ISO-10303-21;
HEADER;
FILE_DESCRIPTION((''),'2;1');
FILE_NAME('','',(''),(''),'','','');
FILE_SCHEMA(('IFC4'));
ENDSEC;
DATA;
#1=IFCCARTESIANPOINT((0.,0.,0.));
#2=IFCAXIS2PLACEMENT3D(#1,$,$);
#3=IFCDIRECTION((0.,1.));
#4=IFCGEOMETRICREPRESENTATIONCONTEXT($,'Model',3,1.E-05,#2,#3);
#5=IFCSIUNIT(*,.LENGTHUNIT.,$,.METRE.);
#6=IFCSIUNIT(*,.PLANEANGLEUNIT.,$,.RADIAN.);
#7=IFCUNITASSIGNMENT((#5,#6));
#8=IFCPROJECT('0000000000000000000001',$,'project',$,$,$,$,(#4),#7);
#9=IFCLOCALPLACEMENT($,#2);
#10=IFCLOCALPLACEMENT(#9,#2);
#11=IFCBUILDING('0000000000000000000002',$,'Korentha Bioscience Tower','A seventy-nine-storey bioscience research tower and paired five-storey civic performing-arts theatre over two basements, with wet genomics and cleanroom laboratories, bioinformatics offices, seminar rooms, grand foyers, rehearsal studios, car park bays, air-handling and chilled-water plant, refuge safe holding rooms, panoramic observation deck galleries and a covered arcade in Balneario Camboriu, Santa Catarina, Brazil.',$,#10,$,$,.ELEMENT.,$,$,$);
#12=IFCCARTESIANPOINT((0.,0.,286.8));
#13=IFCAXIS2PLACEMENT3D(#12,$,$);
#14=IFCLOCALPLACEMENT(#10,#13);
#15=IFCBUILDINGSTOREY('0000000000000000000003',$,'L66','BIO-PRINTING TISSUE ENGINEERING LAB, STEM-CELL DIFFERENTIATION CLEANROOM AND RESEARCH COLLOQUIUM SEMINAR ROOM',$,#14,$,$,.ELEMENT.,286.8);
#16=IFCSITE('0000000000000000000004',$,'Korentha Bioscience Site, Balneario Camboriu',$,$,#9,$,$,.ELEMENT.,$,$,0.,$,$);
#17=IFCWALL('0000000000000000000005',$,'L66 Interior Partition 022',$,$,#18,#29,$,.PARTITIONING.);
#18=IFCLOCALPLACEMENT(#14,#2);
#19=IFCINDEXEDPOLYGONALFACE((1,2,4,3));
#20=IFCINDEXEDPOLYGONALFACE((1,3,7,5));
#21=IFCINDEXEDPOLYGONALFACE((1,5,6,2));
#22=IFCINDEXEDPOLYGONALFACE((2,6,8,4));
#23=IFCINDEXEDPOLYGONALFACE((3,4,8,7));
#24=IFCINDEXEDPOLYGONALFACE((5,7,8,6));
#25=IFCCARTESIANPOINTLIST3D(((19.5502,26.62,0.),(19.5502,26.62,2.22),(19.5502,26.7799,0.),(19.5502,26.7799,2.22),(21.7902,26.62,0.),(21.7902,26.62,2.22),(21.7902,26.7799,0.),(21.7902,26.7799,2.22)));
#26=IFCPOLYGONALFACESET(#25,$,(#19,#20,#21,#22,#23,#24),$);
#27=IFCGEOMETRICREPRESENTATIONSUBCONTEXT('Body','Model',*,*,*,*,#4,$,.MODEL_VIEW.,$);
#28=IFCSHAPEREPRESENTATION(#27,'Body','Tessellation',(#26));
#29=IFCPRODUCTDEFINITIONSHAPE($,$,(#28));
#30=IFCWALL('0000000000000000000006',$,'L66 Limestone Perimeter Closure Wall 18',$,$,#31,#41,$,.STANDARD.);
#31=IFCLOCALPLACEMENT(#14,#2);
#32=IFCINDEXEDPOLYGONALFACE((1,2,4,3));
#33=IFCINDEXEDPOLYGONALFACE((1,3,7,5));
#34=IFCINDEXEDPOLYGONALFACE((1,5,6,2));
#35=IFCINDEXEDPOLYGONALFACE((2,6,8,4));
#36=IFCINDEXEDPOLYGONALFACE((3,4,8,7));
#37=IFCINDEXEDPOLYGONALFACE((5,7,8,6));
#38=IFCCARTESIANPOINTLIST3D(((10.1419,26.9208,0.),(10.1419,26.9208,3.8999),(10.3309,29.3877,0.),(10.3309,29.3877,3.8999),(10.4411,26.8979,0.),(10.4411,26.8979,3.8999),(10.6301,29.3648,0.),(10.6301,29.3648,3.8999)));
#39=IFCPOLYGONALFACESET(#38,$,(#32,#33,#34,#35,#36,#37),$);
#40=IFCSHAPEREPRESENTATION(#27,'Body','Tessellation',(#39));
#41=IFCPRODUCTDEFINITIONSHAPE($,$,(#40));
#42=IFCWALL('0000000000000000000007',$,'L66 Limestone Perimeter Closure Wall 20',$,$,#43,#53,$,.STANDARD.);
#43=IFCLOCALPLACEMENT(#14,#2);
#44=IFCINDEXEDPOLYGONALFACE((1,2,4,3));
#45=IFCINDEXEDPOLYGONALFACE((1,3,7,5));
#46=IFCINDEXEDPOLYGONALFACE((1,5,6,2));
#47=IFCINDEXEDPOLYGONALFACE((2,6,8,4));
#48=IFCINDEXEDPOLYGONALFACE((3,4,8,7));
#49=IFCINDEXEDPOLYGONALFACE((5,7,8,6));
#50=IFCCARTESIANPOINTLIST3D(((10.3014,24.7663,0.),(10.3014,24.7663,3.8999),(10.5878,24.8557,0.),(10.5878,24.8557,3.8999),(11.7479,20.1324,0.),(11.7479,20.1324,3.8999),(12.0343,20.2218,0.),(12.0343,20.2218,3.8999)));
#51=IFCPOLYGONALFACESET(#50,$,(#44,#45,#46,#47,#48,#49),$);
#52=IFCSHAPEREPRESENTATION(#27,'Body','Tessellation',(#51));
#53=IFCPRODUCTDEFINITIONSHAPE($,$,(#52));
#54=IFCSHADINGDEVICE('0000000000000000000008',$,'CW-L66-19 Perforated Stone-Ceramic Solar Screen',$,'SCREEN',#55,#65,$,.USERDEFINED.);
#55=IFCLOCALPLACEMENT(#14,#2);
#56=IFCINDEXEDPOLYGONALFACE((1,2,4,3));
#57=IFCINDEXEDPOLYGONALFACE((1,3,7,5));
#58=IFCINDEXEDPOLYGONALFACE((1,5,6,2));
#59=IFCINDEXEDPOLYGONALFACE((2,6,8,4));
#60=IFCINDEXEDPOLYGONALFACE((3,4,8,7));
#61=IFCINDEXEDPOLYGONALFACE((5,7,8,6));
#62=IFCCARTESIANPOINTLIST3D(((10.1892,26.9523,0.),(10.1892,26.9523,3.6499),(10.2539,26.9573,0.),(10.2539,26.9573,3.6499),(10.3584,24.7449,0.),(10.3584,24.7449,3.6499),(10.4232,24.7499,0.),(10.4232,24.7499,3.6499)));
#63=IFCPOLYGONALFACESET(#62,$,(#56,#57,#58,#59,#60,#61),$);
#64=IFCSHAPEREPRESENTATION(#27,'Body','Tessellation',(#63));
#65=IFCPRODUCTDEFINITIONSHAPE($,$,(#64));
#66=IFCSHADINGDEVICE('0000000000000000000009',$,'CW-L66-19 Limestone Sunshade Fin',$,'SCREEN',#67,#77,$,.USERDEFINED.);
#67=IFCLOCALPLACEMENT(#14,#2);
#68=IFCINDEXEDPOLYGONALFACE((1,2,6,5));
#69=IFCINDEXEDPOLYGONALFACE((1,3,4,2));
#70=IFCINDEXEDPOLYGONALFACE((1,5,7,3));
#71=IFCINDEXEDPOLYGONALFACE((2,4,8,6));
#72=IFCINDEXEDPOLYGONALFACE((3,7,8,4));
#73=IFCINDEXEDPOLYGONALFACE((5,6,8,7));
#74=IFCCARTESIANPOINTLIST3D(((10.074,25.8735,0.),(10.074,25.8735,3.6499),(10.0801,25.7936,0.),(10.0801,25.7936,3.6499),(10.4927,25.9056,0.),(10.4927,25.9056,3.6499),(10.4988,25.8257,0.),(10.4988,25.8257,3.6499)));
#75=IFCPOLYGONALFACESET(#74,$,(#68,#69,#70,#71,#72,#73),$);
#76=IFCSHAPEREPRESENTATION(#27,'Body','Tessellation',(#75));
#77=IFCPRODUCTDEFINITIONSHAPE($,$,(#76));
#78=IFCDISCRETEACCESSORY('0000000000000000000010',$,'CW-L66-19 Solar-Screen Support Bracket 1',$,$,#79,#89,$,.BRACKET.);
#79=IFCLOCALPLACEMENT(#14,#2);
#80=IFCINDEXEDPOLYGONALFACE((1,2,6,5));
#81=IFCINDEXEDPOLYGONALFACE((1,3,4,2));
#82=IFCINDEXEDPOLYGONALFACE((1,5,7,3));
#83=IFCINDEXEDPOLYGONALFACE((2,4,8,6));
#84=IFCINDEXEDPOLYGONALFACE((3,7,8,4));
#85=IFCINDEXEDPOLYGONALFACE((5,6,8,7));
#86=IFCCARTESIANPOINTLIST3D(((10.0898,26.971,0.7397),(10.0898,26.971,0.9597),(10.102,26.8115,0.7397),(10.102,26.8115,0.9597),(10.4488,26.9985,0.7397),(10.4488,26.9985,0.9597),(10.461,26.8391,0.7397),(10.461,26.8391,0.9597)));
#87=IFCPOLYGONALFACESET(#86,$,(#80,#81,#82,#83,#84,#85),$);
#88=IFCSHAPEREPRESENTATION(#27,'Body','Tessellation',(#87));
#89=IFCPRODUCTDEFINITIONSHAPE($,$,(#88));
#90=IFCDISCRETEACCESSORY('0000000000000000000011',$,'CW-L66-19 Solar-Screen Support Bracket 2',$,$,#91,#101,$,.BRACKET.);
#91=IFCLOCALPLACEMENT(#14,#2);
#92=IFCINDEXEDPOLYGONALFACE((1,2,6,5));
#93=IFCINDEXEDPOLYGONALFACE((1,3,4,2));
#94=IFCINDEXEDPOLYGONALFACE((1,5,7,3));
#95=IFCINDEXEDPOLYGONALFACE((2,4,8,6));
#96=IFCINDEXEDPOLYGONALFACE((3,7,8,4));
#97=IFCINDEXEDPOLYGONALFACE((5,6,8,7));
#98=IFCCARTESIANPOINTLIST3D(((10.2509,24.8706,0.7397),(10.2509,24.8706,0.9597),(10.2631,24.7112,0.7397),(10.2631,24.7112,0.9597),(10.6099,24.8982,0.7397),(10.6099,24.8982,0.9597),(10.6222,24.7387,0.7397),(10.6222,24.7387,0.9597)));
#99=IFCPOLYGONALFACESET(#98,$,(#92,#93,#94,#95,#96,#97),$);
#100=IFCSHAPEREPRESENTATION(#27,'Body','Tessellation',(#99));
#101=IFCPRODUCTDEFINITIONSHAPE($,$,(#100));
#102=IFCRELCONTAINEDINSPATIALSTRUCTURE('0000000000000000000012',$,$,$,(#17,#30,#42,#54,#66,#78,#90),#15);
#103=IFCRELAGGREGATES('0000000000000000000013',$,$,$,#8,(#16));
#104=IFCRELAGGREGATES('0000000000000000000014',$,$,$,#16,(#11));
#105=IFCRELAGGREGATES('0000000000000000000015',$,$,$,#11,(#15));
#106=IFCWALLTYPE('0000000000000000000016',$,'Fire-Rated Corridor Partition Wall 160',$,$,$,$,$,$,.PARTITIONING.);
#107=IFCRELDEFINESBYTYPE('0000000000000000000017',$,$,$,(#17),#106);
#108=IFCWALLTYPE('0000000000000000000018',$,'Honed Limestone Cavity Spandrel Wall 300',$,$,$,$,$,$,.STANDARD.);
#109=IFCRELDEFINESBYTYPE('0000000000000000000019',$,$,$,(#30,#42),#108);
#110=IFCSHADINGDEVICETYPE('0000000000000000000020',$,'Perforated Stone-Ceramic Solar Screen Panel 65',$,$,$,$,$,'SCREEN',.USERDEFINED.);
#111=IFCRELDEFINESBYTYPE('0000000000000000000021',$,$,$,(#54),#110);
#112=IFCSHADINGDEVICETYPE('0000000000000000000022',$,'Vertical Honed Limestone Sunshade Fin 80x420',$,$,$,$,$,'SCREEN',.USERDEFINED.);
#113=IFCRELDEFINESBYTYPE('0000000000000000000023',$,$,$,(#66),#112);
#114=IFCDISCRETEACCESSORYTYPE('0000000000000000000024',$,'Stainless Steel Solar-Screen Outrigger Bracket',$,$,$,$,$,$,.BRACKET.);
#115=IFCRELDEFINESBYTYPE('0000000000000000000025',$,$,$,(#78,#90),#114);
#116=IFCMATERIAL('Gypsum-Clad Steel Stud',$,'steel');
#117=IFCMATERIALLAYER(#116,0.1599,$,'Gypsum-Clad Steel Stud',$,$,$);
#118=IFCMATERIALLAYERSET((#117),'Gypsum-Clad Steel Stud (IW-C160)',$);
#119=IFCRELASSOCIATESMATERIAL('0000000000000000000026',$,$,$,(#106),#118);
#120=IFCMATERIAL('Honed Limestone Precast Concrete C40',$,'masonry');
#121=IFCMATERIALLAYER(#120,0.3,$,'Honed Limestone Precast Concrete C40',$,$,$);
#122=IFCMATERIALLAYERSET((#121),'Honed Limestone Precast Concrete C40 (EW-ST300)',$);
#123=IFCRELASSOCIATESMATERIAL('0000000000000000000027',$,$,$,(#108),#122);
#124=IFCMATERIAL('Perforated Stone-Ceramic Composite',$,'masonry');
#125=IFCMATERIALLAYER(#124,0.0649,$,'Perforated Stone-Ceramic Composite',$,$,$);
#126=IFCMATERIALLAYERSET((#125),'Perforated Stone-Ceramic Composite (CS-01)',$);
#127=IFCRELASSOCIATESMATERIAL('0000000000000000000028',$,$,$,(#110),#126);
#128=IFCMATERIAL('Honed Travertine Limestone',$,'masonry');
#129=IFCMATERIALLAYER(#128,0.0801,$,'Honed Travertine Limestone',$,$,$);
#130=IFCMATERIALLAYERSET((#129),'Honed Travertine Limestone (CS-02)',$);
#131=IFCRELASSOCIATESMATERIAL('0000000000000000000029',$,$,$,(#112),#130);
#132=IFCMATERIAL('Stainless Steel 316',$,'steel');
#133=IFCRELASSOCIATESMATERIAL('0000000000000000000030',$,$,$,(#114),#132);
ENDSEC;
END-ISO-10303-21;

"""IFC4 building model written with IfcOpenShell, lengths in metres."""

from ifc_helpers import new_model, si_unit, direction, frame, frame_2d, origin, origin_2d, place, context, subcontext, project, spatial, rectangle, extrude, material, layer, layer_set, type_object, element, save


model = new_model("IFC4")

# Units and contexts
model_context = context("Model", 3, precision=1e-05, world=origin(), true_north=direction((0.0, 1.0)))
body_context = subcontext(model_context, "Body", "Model", "MODEL_VIEW")
ifc_project = project(units=[si_unit("LENGTHUNIT", "METRE"), si_unit("PLANEANGLEUNIT", "RADIAN")], contexts=[model_context])

# Site, building, storey
site_placement = place(None, origin())
site = spatial("IfcSite", under=ifc_project, at=site_placement, Name="Korentha Bioscience Site, Balneario Camboriu", CompositionType="ELEMENT", RefElevation=0.0)
building_placement = place(site_placement, origin())
building = spatial("IfcBuilding", under=site, at=building_placement, Name="Korentha Bioscience Tower", Description="A seventy-nine-storey bioscience research tower and paired five-storey civic performing-arts theatre over two basements, with wet genomics and cleanroom laboratories, bioinformatics offices, seminar rooms, grand foyers, rehearsal studios, car park bays, air-handling and chilled-water plant, refuge safe holding rooms, panoramic observation deck galleries and a covered arcade in Balneario Camboriu, Santa Catarina, Brazil.", CompositionType="ELEMENT")
storey_placement = place(building_placement, frame((0.0, 0.0, 286.8)))
storey = spatial("IfcBuildingStorey", under=building, at=storey_placement, Name="L66", Description="BIO-PRINTING TISSUE ENGINEERING LAB, STEM-CELL DIFFERENTIATION CLEANROOM AND RESEARCH COLLOQUIUM SEMINAR ROOM", CompositionType="ELEMENT", Elevation=286.8)

# Walls
ifc_material_1 = material(Name="Gypsum-Clad Steel Stud", Category="steel")
ifc_layer_1 = layer(ifc_material_1, 0.1599, Name="Gypsum-Clad Steel Stud")
ifc_layer_set_1 = layer_set([ifc_layer_1], Name="Gypsum-Clad Steel Stud (IW-C160)")
wall_type_1 = type_object("IfcWallType", Name="Fire-Rated Corridor Partition Wall 160", PredefinedType="PARTITIONING", material=ifc_layer_set_1)
wall_1_placement = place(storey_placement, frame((19.55, 26.7, 0.0), z_axis=(0.0, 0.0, 1.0), x_axis=(1.0, 0.0, 0.0)))
element("IfcWall", 1, at=wall_1_placement, inside=storey, type_object=wall_type_1, Name="L66 Interior Partition 022", PredefinedType="PARTITIONING", context=body_context, shape_type="SweptSolid", body=[
    extrude(rectangle(XDim=2.24, YDim=0.1599, at=frame_2d((1.1201, 0.0))), origin(), (0.0, 0.0, 1.0), 2.22),
])
ifc_material_2 = material(Name="Honed Limestone Precast Concrete C40", Category="masonry")
ifc_layer_2 = layer(ifc_material_2, 0.3, Name="Honed Limestone Precast Concrete C40")
ifc_layer_set_2 = layer_set([ifc_layer_2], Name="Honed Limestone Precast Concrete C40 (EW-ST300)")
wall_type_2 = type_object("IfcWallType", Name="Honed Limestone Cavity Spandrel Wall 300", PredefinedType="STANDARD", material=ifc_layer_set_2)
wall_2_placement = place(storey_placement, frame((10.4805, 29.3762, 0.0), z_axis=(0.0, 0.0, 1.0), x_axis=(-0.07638, -0.997079, 0.0)))
element("IfcWall", 2, at=wall_2_placement, inside=storey, type_object=wall_type_2, Name="L66 Limestone Perimeter Closure Wall 18", PredefinedType="STANDARD", context=body_context, shape_type="SweptSolid", body=[
    extrude(rectangle(XDim=2.4741, YDim=0.3, at=frame_2d((1.2371, 0.0))), origin(), (0.0, 0.0, 1.0), 3.8999),
])
wall_3_placement = place(storey_placement, frame((10.4446, 24.811, 0.0), z_axis=(0.0, 0.0, 1.0), x_axis=(0.297974, -0.954574, 0.0)))
element("IfcWall", 3, at=wall_3_placement, inside=storey, type_object=wall_type_2, Name="L66 Limestone Perimeter Closure Wall 20", PredefinedType="STANDARD", context=body_context, shape_type="SweptSolid", body=[
    extrude(rectangle(XDim=4.8545, YDim=0.3, at=frame_2d((2.4272, 0.0))), origin(), (0.0, 0.0, 1.0), 3.8999),
])

# Shading devices
ifc_material_3 = material(Name="Perforated Stone-Ceramic Composite", Category="masonry")
ifc_layer_3 = layer(ifc_material_3, 0.0649, Name="Perforated Stone-Ceramic Composite")
ifc_layer_set_3 = layer_set([ifc_layer_3], Name="Perforated Stone-Ceramic Composite (CS-01)")
shading_device_type_1 = type_object("IfcShadingDeviceType", Name="Perforated Stone-Ceramic Solar Screen Panel 65", ElementType="SCREEN", PredefinedType="USERDEFINED", material=ifc_layer_set_3)
shading_device_1_placement = place(storey_placement, frame((10.3062, 25.8511, 0.0), z_axis=(0.0, 0.0, 1.0), x_axis=(0.076447, -0.997074, 0.0)))
element("IfcShadingDevice", 4, at=shading_device_1_placement, inside=storey, type_object=shading_device_type_1, Name="CW-L66-19 Perforated Stone-Ceramic Solar Screen", ObjectType="SCREEN", PredefinedType="USERDEFINED", context=body_context, shape_type="SweptSolid", body=[
    extrude(rectangle(XDim=2.2139, YDim=0.0649, at=origin_2d()), origin(), (0.0, 0.0, 1.0), 3.6499),
])
ifc_material_4 = material(Name="Honed Travertine Limestone", Category="masonry")
ifc_layer_4 = layer(ifc_material_4, 0.0801, Name="Honed Travertine Limestone")
ifc_layer_set_4 = layer_set([ifc_layer_4], Name="Honed Travertine Limestone (CS-02)")
shading_device_type_2 = type_object("IfcShadingDeviceType", Name="Vertical Honed Limestone Sunshade Fin 80x420", ElementType="SCREEN", PredefinedType="USERDEFINED", material=ifc_layer_set_4)
shading_device_2_placement = place(storey_placement, frame((10.2864, 25.8496, 0.0), z_axis=(0.0, 0.0, 1.0), x_axis=(0.076447, -0.997074, 0.0)))
element("IfcShadingDevice", 5, at=shading_device_2_placement, inside=storey, type_object=shading_device_type_2, Name="CW-L66-19 Limestone Sunshade Fin", ObjectType="SCREEN", PredefinedType="USERDEFINED", context=body_context, shape_type="SweptSolid", body=[
    extrude(rectangle(XDim=0.0801, YDim=0.4199, at=origin_2d()), origin(), (0.0, 0.0, 1.0), 3.6499),
])

# Discrete accessories
ifc_material_5 = material(Name="Stainless Steel 316", Category="steel")
discrete_accessory_type = type_object("IfcDiscreteAccessoryType", Name="Stainless Steel Solar-Screen Outrigger Bracket", PredefinedType="BRACKET", material=ifc_material_5)
for number, where, z_axis, x_axis, name in (
    (6, (10.2754, 26.905, 0.7397), (0.0, 0.0, 1.0), (0.076447, -0.997074, 0.0), "CW-L66-19 Solar-Screen Support Bracket 1"),
    (7, (10.4365, 24.8047, 0.7397), (0.0, 0.0, 1.0), (0.076447, -0.997074, 0.0), "CW-L66-19 Solar-Screen Support Bracket 2"),
):
    element("IfcDiscreteAccessory", number, at=place(storey_placement, frame(where, z_axis=z_axis, x_axis=x_axis)), inside=storey, type_object=discrete_accessory_type, Name=name, PredefinedType="BRACKET", context=body_context, shape_type="SweptSolid", body=[
        extrude(rectangle(XDim=0.1599, YDim=0.3601, at=origin_2d()), origin(), (0.0, 0.0, 1.0), 0.22),
    ])

save(model, "model.ifc")
